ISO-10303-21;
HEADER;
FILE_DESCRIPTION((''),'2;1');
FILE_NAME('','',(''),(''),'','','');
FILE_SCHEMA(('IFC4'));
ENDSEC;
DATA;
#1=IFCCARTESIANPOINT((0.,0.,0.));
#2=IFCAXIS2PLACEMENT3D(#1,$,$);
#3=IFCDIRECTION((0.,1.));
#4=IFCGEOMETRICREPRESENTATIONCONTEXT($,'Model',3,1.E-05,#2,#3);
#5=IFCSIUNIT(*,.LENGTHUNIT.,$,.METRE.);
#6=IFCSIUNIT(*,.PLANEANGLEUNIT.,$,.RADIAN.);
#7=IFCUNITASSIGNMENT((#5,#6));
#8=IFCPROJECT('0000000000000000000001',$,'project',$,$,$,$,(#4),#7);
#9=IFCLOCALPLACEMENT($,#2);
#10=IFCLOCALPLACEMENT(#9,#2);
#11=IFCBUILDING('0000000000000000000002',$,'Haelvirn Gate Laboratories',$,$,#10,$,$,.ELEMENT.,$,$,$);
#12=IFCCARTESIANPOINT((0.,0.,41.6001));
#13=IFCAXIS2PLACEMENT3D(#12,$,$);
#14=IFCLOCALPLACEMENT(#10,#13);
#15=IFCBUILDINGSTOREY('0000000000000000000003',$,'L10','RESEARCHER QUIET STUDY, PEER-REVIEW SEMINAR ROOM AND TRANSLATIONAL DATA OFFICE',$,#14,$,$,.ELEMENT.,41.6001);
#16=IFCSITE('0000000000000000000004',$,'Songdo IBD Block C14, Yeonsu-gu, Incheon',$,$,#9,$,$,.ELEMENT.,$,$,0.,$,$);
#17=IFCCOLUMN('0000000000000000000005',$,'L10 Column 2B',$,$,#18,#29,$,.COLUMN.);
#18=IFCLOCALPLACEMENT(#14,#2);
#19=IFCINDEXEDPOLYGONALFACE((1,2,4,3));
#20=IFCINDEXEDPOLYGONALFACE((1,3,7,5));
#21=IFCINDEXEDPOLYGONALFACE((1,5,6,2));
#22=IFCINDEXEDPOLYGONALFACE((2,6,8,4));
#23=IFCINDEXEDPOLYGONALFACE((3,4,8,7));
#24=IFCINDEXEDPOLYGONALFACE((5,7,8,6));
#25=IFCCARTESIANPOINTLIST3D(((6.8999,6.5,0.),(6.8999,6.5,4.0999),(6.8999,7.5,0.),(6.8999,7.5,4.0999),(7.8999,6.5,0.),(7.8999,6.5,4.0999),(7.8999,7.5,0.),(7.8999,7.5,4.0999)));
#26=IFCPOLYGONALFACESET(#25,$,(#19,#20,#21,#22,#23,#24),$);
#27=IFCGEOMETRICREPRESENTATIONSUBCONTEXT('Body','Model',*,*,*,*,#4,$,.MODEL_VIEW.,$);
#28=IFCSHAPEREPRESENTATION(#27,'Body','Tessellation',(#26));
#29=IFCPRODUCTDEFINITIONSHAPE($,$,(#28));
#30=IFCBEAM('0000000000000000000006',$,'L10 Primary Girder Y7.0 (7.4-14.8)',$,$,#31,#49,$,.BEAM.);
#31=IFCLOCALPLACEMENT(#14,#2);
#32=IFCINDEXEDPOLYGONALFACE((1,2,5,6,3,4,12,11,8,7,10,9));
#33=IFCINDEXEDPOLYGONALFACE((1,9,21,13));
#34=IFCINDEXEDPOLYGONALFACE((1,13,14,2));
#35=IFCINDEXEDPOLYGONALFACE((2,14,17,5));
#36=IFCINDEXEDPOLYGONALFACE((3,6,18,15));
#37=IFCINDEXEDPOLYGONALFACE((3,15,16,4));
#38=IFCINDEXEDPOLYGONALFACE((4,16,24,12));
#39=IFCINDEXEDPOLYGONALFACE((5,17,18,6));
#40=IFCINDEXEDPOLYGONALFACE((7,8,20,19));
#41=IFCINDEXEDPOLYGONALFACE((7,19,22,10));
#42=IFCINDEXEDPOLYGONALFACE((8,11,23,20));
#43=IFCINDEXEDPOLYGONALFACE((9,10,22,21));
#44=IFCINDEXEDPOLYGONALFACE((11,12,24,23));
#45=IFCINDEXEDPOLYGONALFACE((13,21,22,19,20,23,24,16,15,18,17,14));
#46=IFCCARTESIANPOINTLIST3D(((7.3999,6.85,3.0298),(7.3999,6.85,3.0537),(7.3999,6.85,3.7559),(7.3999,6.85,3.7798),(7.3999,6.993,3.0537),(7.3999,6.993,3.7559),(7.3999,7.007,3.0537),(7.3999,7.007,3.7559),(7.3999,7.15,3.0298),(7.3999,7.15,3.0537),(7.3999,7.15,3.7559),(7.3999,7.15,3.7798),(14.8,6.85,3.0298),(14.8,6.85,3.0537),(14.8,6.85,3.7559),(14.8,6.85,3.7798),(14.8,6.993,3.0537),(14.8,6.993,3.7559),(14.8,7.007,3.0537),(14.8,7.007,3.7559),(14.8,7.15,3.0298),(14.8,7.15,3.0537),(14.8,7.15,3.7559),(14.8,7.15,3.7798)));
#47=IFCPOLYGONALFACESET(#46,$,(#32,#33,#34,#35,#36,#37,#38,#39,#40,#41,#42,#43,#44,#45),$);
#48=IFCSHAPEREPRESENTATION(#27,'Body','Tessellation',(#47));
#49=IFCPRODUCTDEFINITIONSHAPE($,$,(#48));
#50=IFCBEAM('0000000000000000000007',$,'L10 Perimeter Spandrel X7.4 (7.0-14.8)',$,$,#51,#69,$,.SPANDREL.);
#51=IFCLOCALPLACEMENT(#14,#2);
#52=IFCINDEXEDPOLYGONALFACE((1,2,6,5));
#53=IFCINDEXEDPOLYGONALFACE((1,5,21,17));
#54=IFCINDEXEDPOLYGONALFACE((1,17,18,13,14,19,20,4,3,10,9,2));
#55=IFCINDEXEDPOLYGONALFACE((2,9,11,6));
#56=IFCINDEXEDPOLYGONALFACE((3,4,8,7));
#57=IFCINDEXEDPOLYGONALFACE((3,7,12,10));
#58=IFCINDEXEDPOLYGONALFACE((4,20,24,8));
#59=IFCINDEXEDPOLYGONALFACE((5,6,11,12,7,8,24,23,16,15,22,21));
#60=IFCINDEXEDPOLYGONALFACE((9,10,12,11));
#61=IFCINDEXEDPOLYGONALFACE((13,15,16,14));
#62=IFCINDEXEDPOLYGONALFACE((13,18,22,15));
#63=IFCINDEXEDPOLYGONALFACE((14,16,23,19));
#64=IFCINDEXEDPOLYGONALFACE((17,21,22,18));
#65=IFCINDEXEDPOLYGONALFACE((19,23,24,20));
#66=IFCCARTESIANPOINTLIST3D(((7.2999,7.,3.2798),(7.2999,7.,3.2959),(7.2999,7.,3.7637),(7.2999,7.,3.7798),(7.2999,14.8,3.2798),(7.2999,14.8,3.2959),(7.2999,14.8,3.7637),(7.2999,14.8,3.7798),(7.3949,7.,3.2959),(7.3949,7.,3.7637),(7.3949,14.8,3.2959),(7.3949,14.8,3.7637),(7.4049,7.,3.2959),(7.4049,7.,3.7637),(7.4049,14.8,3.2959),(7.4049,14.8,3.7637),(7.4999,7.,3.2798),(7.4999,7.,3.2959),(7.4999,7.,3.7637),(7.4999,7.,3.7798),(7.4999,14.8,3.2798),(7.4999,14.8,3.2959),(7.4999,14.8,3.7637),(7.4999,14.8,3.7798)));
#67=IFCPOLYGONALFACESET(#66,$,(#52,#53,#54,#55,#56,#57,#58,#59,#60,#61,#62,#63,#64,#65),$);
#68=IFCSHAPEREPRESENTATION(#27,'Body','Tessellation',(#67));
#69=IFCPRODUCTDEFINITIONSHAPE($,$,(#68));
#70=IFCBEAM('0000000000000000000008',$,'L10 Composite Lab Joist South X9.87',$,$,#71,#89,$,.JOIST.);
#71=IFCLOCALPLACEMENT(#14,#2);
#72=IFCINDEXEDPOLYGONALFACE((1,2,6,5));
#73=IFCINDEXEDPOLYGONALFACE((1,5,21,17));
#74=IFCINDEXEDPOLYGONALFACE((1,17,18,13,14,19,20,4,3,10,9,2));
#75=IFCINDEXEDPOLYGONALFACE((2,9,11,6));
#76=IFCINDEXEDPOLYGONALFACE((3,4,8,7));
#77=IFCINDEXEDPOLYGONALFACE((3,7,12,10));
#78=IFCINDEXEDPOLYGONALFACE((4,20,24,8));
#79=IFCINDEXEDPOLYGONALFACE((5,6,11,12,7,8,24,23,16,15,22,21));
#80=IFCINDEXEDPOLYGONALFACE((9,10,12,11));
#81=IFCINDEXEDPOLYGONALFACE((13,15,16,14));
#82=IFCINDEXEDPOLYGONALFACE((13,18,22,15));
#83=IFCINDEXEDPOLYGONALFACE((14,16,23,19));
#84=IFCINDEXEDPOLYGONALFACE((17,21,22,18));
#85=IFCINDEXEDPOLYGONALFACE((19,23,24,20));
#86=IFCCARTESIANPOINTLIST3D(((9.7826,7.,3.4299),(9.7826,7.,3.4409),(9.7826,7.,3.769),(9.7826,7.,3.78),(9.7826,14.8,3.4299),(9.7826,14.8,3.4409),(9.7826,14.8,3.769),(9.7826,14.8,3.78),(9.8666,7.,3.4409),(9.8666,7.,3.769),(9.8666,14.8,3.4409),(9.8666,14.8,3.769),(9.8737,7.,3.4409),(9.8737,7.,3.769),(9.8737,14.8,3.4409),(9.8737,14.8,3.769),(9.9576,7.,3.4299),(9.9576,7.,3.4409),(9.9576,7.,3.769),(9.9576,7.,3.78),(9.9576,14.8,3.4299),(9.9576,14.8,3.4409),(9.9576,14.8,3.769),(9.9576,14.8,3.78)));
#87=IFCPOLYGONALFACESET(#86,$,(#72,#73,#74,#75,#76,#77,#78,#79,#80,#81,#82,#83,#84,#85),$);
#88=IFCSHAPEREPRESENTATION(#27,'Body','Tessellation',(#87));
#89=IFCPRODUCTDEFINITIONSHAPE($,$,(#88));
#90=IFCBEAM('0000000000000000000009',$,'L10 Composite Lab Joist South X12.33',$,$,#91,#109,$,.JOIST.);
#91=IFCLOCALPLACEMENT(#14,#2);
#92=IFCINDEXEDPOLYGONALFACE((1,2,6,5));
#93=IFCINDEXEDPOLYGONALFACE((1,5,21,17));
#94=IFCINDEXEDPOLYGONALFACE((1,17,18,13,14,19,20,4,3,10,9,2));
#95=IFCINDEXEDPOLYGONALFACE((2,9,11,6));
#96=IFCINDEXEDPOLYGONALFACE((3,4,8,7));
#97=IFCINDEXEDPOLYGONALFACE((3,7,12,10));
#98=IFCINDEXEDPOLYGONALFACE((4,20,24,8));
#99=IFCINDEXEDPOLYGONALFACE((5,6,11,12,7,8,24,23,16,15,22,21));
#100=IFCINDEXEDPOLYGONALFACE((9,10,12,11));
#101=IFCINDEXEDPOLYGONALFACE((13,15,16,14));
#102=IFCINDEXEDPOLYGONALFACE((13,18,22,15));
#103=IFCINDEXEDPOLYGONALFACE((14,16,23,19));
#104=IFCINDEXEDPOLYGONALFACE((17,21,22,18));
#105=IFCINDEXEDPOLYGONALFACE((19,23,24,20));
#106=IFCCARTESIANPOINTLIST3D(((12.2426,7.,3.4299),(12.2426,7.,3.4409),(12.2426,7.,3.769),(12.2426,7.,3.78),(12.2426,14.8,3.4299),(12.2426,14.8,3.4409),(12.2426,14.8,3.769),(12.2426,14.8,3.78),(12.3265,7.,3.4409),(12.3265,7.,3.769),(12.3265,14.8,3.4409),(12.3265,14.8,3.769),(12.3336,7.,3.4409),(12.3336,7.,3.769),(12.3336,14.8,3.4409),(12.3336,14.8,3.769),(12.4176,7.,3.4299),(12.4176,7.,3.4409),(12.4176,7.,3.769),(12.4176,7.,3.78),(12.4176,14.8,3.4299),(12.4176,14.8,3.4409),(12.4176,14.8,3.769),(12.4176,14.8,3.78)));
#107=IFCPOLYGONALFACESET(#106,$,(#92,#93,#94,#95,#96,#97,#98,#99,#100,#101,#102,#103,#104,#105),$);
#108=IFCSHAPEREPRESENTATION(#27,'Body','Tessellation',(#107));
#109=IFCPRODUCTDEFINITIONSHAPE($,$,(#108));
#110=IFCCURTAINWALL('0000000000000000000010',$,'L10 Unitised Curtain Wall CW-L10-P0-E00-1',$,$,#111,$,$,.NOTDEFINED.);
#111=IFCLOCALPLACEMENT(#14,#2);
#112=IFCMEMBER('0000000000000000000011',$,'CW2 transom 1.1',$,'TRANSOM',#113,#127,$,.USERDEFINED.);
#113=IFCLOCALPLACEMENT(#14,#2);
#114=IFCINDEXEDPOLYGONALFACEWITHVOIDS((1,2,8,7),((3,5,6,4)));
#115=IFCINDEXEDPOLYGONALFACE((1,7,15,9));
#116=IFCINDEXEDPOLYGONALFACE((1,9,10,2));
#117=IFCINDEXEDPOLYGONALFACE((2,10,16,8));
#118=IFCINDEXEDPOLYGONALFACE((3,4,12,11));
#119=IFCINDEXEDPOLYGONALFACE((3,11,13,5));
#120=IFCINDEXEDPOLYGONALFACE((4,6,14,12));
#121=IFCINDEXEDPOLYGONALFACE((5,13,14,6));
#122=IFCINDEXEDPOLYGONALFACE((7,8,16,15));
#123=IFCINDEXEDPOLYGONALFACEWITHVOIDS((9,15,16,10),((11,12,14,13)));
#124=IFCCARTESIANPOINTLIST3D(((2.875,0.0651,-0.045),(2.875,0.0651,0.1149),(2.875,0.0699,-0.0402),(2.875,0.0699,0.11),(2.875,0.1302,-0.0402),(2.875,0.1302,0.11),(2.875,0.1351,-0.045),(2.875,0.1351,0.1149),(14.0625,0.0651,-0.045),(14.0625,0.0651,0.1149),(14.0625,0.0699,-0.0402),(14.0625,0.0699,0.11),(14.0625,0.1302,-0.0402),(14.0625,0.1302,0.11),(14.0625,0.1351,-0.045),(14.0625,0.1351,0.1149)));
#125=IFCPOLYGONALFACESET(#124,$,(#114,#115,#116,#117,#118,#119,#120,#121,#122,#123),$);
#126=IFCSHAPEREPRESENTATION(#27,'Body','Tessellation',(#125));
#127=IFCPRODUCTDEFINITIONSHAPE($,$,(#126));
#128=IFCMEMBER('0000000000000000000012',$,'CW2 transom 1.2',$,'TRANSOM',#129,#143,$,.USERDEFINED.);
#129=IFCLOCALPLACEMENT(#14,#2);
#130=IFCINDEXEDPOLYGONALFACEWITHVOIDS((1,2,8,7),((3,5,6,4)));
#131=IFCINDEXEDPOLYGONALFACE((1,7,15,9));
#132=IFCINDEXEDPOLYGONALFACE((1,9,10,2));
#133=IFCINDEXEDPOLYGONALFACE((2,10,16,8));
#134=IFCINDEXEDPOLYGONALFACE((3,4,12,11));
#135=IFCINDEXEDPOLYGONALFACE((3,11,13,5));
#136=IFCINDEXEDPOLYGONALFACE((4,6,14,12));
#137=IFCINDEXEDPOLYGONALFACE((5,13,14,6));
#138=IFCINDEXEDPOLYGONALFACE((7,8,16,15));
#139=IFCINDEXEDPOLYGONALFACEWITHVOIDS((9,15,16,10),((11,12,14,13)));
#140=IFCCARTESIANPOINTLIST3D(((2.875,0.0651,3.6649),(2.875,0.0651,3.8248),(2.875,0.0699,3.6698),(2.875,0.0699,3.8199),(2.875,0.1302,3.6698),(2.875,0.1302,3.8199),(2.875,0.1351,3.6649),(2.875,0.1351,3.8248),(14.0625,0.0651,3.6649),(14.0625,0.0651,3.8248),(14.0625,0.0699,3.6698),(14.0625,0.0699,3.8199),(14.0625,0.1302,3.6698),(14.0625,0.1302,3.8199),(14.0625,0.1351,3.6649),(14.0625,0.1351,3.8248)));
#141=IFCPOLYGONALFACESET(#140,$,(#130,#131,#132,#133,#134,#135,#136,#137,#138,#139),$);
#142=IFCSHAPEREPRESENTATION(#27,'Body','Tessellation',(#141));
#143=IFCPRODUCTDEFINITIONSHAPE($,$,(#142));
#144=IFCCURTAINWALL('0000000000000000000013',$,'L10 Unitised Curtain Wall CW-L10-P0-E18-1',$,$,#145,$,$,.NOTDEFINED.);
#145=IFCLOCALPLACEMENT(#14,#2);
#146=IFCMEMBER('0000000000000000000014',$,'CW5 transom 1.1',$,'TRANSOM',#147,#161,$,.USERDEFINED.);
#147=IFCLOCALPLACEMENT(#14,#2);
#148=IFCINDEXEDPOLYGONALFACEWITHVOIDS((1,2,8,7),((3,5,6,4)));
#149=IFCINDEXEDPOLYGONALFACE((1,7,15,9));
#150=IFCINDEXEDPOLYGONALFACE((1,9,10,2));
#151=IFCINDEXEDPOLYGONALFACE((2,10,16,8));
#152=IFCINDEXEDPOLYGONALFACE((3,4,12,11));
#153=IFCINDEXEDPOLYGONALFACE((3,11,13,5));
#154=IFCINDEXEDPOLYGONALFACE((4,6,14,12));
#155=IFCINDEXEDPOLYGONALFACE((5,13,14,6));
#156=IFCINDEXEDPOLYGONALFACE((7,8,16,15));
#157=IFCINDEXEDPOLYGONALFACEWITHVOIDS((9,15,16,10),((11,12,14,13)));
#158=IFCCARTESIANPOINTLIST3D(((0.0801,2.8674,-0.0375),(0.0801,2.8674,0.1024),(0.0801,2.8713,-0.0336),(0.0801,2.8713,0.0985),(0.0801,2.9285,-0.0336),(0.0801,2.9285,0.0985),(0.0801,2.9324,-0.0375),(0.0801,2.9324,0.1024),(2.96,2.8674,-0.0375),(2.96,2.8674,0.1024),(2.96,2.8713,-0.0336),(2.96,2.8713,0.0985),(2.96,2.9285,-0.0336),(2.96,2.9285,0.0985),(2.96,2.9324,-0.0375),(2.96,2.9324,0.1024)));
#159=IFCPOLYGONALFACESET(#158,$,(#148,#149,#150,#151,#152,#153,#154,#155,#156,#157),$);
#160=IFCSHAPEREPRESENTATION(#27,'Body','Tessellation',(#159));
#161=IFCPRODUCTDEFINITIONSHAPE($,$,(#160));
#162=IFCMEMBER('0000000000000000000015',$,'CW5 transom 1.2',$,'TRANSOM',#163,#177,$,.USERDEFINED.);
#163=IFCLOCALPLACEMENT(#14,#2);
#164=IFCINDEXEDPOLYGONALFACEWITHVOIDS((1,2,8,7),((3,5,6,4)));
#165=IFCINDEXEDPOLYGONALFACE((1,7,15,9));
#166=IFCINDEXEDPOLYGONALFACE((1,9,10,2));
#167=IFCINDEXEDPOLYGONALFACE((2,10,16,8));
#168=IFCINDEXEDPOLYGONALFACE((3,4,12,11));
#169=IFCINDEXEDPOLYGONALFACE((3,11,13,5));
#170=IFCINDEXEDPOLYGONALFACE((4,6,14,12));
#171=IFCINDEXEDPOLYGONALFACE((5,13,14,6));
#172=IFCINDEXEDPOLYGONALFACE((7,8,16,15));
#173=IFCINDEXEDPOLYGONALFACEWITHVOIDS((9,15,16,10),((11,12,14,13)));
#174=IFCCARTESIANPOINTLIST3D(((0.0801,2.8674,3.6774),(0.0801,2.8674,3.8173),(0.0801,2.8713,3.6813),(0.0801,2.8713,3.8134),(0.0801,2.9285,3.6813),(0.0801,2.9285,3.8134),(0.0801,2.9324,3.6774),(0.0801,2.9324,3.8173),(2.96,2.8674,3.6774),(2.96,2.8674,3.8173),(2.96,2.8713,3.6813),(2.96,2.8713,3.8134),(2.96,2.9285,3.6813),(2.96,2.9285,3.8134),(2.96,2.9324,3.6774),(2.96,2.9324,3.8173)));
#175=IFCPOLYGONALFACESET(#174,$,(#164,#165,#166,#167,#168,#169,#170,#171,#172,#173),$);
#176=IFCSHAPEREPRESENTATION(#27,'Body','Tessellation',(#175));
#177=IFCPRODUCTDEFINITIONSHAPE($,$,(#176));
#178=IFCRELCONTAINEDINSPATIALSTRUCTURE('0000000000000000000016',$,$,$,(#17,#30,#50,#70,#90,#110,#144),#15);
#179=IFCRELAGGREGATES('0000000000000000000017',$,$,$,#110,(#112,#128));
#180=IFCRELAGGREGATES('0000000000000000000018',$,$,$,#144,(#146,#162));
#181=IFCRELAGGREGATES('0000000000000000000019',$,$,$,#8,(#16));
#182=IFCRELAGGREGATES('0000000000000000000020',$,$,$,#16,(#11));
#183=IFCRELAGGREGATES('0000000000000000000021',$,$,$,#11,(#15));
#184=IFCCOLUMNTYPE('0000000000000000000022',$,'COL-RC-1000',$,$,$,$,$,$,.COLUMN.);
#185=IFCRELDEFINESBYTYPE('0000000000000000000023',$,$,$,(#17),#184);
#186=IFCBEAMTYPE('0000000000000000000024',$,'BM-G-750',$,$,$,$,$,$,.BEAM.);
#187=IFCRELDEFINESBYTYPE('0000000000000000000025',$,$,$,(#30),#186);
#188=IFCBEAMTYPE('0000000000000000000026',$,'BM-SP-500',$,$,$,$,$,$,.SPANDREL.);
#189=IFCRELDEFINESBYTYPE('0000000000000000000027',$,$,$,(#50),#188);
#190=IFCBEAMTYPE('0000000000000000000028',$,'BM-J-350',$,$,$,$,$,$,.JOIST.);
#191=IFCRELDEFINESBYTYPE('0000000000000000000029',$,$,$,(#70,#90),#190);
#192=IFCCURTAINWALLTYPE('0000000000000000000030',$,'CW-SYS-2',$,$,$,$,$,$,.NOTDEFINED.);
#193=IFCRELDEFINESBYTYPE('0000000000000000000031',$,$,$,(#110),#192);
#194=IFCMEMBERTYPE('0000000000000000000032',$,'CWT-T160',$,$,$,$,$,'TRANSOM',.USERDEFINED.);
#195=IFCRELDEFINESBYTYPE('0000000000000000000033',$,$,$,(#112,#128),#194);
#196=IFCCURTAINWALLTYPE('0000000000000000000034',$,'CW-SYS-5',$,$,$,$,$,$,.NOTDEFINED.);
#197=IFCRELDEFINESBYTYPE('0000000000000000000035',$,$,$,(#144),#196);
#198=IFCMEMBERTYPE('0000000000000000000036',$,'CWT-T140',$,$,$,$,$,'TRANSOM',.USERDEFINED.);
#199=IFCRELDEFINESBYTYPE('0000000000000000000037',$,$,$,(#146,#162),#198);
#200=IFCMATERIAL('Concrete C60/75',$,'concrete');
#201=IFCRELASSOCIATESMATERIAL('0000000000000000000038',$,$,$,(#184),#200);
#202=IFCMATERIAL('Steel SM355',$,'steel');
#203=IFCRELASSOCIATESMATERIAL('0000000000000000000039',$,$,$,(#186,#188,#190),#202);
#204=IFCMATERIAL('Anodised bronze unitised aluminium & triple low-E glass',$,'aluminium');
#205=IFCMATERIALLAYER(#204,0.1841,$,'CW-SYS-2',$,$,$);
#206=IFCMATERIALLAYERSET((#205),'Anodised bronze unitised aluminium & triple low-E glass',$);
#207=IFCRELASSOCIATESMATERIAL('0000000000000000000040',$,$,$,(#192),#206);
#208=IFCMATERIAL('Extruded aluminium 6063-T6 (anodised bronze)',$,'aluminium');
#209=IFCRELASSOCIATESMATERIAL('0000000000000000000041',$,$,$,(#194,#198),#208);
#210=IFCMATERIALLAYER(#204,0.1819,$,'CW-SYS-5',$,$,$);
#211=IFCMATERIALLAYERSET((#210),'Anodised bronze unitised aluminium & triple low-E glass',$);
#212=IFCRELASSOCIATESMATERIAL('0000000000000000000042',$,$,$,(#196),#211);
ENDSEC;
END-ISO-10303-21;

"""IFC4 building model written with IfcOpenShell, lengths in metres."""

from ifc_helpers import new_model, si_unit, direction, frame, origin, origin_2d, place, context, subcontext, project, spatial, rectangle, hollow_rectangle, i_section, extrude, source, transform, mapped, material, layer, layer_set, material_profile, profile_set, type_object, type_shapes, element, aggregate, save


model = new_model("IFC4")

# Units and contexts
model_context = context("Model", 3, precision=1e-05, world=origin(), true_north=direction((0.0, 1.0)))
body_context = subcontext(model_context, "Body", "Model", "MODEL_VIEW")
ifc_project = project(units=[si_unit("LENGTHUNIT", "METRE"), si_unit("PLANEANGLEUNIT", "RADIAN")], contexts=[model_context])

# Site, building, storey
site_placement = place(None, origin())
site = spatial("IfcSite", under=ifc_project, at=site_placement, Name="Songdo IBD Block C14, Yeonsu-gu, Incheon", CompositionType="ELEMENT", RefElevation=0.0)
building_placement = place(site_placement, origin())
building = spatial("IfcBuilding", under=site, at=building_placement, Name="Haelvirn Gate Laboratories", CompositionType="ELEMENT")
storey_placement = place(building_placement, frame((0.0, 0.0, 41.6001)))
storey = spatial("IfcBuildingStorey", under=building, at=storey_placement, Name="L10", Description="RESEARCHER QUIET STUDY, PEER-REVIEW SEMINAR ROOM AND TRANSLATIONAL DATA OFFICE", CompositionType="ELEMENT", Elevation=41.6001)

# Column
ifc_material_1 = material(Name="Concrete C60/75", Category="concrete")
ifc_material_profile_1 = material_profile(ifc_material_1, rectangle(XDim=1.0, YDim=1.0, at=origin_2d()), Name="RC-1000x1000")
ifc_profile_set_1 = profile_set([ifc_material_profile_1], Name="Concrete C60/75")
column_type = type_object("IfcColumnType", Name="COL-RC-1000", PredefinedType="COLUMN", material=ifc_profile_set_1)
shared_shape_1 = source(origin(), body_context, "Body", "SweptSolid", [
    extrude(rectangle(XDim=1.0, YDim=1.0, at=origin_2d()), origin(), (0.0, 0.0, 1.0), 4.0999),
])
type_shapes(column_type, [shared_shape_1])
column_placement = place(storey_placement, frame((7.3999, 7.0, 0.0), z_axis=(0.0, 0.0, 1.0), x_axis=(1.0, 0.0, 0.0)))
element("IfcColumn", 1, at=column_placement, inside=storey, type_object=column_type, Name="L10 Column 2B", PredefinedType="COLUMN", context=body_context, shape_type="MappedRepresentation", body=[
    mapped(shared_shape_1, transform((0.0, 0.0, 0.0), scale=1.0)),
])

# Beams
ifc_material_2 = material(Name="Steel SM355", Category="steel")
ifc_material_profile_2 = material_profile(ifc_material_2, i_section(OverallWidth=0.3, OverallDepth=0.75, WebThickness=0.0139, FlangeThickness=0.0239, at=origin_2d()), Name="H-750x300x14x24")
ifc_profile_set_2 = profile_set([ifc_material_profile_2], Name="Steel SM355")
beam_type_1 = type_object("IfcBeamType", Name="BM-G-750", PredefinedType="BEAM", material=ifc_profile_set_2)
shared_shape_2 = source(origin(), body_context, "Body", "SweptSolid", [
    extrude(i_section(OverallWidth=0.3, OverallDepth=0.75, WebThickness=0.0139, FlangeThickness=0.0239, at=origin_2d()), origin(), (0.0, 0.0, 1.0), 7.4001),
])
type_shapes(beam_type_1, [shared_shape_2])
beam_1_placement = place(storey_placement, frame((7.3999, 7.0, 3.4048), z_axis=(1.0, 0.0, 0.0), x_axis=(0.0, 1.0, 0.0)))
element("IfcBeam", 2, at=beam_1_placement, inside=storey, type_object=beam_type_1, Name="L10 Primary Girder Y7.0 (7.4-14.8)", PredefinedType="BEAM", context=body_context, shape_type="MappedRepresentation", body=[
    mapped(shared_shape_2, transform((0.0, 0.0, 0.0), scale=1.0)),
])
ifc_material_profile_3 = material_profile(ifc_material_2, i_section(OverallWidth=0.2, OverallDepth=0.5, WebThickness=0.01, FlangeThickness=0.0161, at=origin_2d()), Name="H-500x200x10x16")
ifc_profile_set_3 = profile_set([ifc_material_profile_3], Name="Steel SM355")
beam_type_2 = type_object("IfcBeamType", Name="BM-SP-500", PredefinedType="SPANDREL", material=ifc_profile_set_3)
shared_shape_3 = source(origin(), body_context, "Body", "SweptSolid", [
    extrude(i_section(OverallWidth=0.2, OverallDepth=0.5, WebThickness=0.01, FlangeThickness=0.0161, at=origin_2d()), origin(), (0.0, 0.0, 1.0), 7.8),
])
type_shapes(beam_type_2, [shared_shape_3])
beam_2_placement = place(storey_placement, frame((7.3999, 7.0, 3.5298), z_axis=(0.0, 1.0, 0.0), x_axis=(-1.0, 0.0, 0.0)))
element("IfcBeam", 3, at=beam_2_placement, inside=storey, type_object=beam_type_2, Name="L10 Perimeter Spandrel X7.4 (7.0-14.8)", PredefinedType="SPANDREL", context=body_context, shape_type="MappedRepresentation", body=[
    mapped(shared_shape_3, transform((0.0, 0.0, 0.0), scale=1.0)),
])
ifc_material_profile_4 = material_profile(ifc_material_2, i_section(OverallWidth=0.175, OverallDepth=0.3501, WebThickness=0.0071, FlangeThickness=0.011, at=origin_2d()), Name="H-350x175x7x11")
ifc_profile_set_4 = profile_set([ifc_material_profile_4], Name="Steel SM355")
beam_type_3 = type_object("IfcBeamType", Name="BM-J-350", PredefinedType="JOIST", material=ifc_profile_set_4)
shared_shape_4 = source(origin(), body_context, "Body", "SweptSolid", [
    extrude(i_section(OverallWidth=0.175, OverallDepth=0.3501, WebThickness=0.0071, FlangeThickness=0.011, at=origin_2d()), origin(), (0.0, 0.0, 1.0), 7.8),
])
type_shapes(beam_type_3, [shared_shape_4])
for number, where, z_axis, x_axis, name in (
    (4, (9.8701, 7.0, 3.605), (0.0, 1.0, 0.0), (-1.0, 0.0, 0.0), "L10 Composite Lab Joist South X9.87"),
    (5, (12.3301, 7.0, 3.605), (0.0, 1.0, 0.0), (-1.0, 0.0, 0.0), "L10 Composite Lab Joist South X12.33"),
):
    element("IfcBeam", number, at=place(storey_placement, frame(where, z_axis=z_axis, x_axis=x_axis)), inside=storey, type_object=beam_type_3, Name=name, PredefinedType="JOIST", context=body_context, shape_type="MappedRepresentation", body=[
        mapped(shared_shape_4, transform((0.0, 0.0, 0.0), scale=1.0)),
    ])

# Curtain walls, members
ifc_material_3 = material(Name="Anodised bronze unitised aluminium & triple low-E glass", Category="aluminium")
ifc_layer_1 = layer(ifc_material_3, 0.1841, Name="CW-SYS-2")
ifc_layer_set_1 = layer_set([ifc_layer_1], Name="Anodised bronze unitised aluminium & triple low-E glass")
curtain_wall_type_1 = type_object("IfcCurtainWallType", Name="CW-SYS-2", PredefinedType="NOTDEFINED", material=ifc_layer_set_1)
curtain_wall_1_placement = place(storey_placement, origin())
curtain_wall_1 = element("IfcCurtainWall", 6, at=curtain_wall_1_placement, inside=storey, type_object=curtain_wall_type_1, Name="L10 Unitised Curtain Wall CW-L10-P0-E00-1", PredefinedType="NOTDEFINED")
ifc_material_4 = material(Name="Extruded aluminium 6063-T6 (anodised bronze)", Category="aluminium")
ifc_material_profile_5 = material_profile(ifc_material_4, hollow_rectangle(XDim=0.0701, YDim=0.1599, WallThickness=0.0049, at=origin_2d()), Name="CWT-160x70x5")
ifc_profile_set_5 = profile_set([ifc_material_profile_5], Name="Extruded aluminium 6063-T6 (anodised bronze)")
member_type_1 = type_object("IfcMemberType", Name="CWT-T160", ElementType="TRANSOM", PredefinedType="USERDEFINED", material=ifc_profile_set_5)
shared_shape_5 = source(origin(), body_context, "Body", "SweptSolid", [
    extrude(hollow_rectangle(XDim=0.0701, YDim=0.1599, WallThickness=0.0049, at=origin_2d()), origin(), (0.0, 0.0, 1.0), 11.1875),
])
type_shapes(member_type_1, [shared_shape_5])
member_1_placement = place(storey_placement, frame((2.875, 0.1001, 0.0349), z_axis=(1.0, 0.0, 0.0), x_axis=(0.0, 1.0, 0.0)))
member_1 = element("IfcMember", 7, at=member_1_placement, type_object=member_type_1, Name="CW2 transom 1.1", ObjectType="TRANSOM", PredefinedType="USERDEFINED", context=body_context, shape_type="MappedRepresentation", body=[
    mapped(shared_shape_5, transform((0.0, 0.0, 0.0), scale=1.0)),
])
member_2_placement = place(storey_placement, frame((2.875, 0.1001, 3.7449), z_axis=(1.0, 0.0, 0.0), x_axis=(0.0, 1.0, 0.0)))
member_2 = element("IfcMember", 8, at=member_2_placement, type_object=member_type_1, Name="CW2 transom 1.2", ObjectType="TRANSOM", PredefinedType="USERDEFINED", context=body_context, shape_type="MappedRepresentation", body=[
    mapped(shared_shape_5, transform((0.0, 0.0, 0.0), scale=1.0)),
])
ifc_layer_2 = layer(ifc_material_3, 0.1819, Name="CW-SYS-5")
ifc_layer_set_2 = layer_set([ifc_layer_2], Name="Anodised bronze unitised aluminium & triple low-E glass")
curtain_wall_type_2 = type_object("IfcCurtainWallType", Name="CW-SYS-5", PredefinedType="NOTDEFINED", material=ifc_layer_set_2)
curtain_wall_2_placement = place(storey_placement, origin())
curtain_wall_2 = element("IfcCurtainWall", 9, at=curtain_wall_2_placement, inside=storey, type_object=curtain_wall_type_2, Name="L10 Unitised Curtain Wall CW-L10-P0-E18-1", PredefinedType="NOTDEFINED")
ifc_material_profile_6 = material_profile(ifc_material_4, hollow_rectangle(XDim=0.0649, YDim=0.1399, WallThickness=0.0039, at=origin_2d()), Name="CWT-140x65x4")
ifc_profile_set_6 = profile_set([ifc_material_profile_6], Name="Extruded aluminium 6063-T6 (anodised bronze)")
member_type_2 = type_object("IfcMemberType", Name="CWT-T140", ElementType="TRANSOM", PredefinedType="USERDEFINED", material=ifc_profile_set_6)
shared_shape_6 = source(origin(), body_context, "Body", "SweptSolid", [
    extrude(hollow_rectangle(XDim=0.0649, YDim=0.1399, WallThickness=0.0039, at=origin_2d()), origin(), (0.0, 0.0, 1.0), 2.8799),
])
type_shapes(member_type_2, [shared_shape_6])
member_3_placement = place(storey_placement, frame((0.0801, 2.8999, 0.0325), z_axis=(1.0, 0.0, 0.0), x_axis=(0.0, 1.0, 0.0)))
member_3 = element("IfcMember", 10, at=member_3_placement, type_object=member_type_2, Name="CW5 transom 1.1", ObjectType="TRANSOM", PredefinedType="USERDEFINED", context=body_context, shape_type="MappedRepresentation", body=[
    mapped(shared_shape_6, transform((0.0, 0.0, 0.0), scale=1.0)),
])
member_4_placement = place(storey_placement, frame((0.0801, 2.8999, 3.7473), z_axis=(1.0, 0.0, 0.0), x_axis=(0.0, 1.0, 0.0)))
member_4 = element("IfcMember", 11, at=member_4_placement, type_object=member_type_2, Name="CW5 transom 1.2", ObjectType="TRANSOM", PredefinedType="USERDEFINED", context=body_context, shape_type="MappedRepresentation", body=[
    mapped(shared_shape_6, transform((0.0, 0.0, 0.0), scale=1.0)),
])

aggregate(curtain_wall_1, [member_1, member_2])
aggregate(curtain_wall_2, [member_3, member_4])

save(model, "model.ifc")
